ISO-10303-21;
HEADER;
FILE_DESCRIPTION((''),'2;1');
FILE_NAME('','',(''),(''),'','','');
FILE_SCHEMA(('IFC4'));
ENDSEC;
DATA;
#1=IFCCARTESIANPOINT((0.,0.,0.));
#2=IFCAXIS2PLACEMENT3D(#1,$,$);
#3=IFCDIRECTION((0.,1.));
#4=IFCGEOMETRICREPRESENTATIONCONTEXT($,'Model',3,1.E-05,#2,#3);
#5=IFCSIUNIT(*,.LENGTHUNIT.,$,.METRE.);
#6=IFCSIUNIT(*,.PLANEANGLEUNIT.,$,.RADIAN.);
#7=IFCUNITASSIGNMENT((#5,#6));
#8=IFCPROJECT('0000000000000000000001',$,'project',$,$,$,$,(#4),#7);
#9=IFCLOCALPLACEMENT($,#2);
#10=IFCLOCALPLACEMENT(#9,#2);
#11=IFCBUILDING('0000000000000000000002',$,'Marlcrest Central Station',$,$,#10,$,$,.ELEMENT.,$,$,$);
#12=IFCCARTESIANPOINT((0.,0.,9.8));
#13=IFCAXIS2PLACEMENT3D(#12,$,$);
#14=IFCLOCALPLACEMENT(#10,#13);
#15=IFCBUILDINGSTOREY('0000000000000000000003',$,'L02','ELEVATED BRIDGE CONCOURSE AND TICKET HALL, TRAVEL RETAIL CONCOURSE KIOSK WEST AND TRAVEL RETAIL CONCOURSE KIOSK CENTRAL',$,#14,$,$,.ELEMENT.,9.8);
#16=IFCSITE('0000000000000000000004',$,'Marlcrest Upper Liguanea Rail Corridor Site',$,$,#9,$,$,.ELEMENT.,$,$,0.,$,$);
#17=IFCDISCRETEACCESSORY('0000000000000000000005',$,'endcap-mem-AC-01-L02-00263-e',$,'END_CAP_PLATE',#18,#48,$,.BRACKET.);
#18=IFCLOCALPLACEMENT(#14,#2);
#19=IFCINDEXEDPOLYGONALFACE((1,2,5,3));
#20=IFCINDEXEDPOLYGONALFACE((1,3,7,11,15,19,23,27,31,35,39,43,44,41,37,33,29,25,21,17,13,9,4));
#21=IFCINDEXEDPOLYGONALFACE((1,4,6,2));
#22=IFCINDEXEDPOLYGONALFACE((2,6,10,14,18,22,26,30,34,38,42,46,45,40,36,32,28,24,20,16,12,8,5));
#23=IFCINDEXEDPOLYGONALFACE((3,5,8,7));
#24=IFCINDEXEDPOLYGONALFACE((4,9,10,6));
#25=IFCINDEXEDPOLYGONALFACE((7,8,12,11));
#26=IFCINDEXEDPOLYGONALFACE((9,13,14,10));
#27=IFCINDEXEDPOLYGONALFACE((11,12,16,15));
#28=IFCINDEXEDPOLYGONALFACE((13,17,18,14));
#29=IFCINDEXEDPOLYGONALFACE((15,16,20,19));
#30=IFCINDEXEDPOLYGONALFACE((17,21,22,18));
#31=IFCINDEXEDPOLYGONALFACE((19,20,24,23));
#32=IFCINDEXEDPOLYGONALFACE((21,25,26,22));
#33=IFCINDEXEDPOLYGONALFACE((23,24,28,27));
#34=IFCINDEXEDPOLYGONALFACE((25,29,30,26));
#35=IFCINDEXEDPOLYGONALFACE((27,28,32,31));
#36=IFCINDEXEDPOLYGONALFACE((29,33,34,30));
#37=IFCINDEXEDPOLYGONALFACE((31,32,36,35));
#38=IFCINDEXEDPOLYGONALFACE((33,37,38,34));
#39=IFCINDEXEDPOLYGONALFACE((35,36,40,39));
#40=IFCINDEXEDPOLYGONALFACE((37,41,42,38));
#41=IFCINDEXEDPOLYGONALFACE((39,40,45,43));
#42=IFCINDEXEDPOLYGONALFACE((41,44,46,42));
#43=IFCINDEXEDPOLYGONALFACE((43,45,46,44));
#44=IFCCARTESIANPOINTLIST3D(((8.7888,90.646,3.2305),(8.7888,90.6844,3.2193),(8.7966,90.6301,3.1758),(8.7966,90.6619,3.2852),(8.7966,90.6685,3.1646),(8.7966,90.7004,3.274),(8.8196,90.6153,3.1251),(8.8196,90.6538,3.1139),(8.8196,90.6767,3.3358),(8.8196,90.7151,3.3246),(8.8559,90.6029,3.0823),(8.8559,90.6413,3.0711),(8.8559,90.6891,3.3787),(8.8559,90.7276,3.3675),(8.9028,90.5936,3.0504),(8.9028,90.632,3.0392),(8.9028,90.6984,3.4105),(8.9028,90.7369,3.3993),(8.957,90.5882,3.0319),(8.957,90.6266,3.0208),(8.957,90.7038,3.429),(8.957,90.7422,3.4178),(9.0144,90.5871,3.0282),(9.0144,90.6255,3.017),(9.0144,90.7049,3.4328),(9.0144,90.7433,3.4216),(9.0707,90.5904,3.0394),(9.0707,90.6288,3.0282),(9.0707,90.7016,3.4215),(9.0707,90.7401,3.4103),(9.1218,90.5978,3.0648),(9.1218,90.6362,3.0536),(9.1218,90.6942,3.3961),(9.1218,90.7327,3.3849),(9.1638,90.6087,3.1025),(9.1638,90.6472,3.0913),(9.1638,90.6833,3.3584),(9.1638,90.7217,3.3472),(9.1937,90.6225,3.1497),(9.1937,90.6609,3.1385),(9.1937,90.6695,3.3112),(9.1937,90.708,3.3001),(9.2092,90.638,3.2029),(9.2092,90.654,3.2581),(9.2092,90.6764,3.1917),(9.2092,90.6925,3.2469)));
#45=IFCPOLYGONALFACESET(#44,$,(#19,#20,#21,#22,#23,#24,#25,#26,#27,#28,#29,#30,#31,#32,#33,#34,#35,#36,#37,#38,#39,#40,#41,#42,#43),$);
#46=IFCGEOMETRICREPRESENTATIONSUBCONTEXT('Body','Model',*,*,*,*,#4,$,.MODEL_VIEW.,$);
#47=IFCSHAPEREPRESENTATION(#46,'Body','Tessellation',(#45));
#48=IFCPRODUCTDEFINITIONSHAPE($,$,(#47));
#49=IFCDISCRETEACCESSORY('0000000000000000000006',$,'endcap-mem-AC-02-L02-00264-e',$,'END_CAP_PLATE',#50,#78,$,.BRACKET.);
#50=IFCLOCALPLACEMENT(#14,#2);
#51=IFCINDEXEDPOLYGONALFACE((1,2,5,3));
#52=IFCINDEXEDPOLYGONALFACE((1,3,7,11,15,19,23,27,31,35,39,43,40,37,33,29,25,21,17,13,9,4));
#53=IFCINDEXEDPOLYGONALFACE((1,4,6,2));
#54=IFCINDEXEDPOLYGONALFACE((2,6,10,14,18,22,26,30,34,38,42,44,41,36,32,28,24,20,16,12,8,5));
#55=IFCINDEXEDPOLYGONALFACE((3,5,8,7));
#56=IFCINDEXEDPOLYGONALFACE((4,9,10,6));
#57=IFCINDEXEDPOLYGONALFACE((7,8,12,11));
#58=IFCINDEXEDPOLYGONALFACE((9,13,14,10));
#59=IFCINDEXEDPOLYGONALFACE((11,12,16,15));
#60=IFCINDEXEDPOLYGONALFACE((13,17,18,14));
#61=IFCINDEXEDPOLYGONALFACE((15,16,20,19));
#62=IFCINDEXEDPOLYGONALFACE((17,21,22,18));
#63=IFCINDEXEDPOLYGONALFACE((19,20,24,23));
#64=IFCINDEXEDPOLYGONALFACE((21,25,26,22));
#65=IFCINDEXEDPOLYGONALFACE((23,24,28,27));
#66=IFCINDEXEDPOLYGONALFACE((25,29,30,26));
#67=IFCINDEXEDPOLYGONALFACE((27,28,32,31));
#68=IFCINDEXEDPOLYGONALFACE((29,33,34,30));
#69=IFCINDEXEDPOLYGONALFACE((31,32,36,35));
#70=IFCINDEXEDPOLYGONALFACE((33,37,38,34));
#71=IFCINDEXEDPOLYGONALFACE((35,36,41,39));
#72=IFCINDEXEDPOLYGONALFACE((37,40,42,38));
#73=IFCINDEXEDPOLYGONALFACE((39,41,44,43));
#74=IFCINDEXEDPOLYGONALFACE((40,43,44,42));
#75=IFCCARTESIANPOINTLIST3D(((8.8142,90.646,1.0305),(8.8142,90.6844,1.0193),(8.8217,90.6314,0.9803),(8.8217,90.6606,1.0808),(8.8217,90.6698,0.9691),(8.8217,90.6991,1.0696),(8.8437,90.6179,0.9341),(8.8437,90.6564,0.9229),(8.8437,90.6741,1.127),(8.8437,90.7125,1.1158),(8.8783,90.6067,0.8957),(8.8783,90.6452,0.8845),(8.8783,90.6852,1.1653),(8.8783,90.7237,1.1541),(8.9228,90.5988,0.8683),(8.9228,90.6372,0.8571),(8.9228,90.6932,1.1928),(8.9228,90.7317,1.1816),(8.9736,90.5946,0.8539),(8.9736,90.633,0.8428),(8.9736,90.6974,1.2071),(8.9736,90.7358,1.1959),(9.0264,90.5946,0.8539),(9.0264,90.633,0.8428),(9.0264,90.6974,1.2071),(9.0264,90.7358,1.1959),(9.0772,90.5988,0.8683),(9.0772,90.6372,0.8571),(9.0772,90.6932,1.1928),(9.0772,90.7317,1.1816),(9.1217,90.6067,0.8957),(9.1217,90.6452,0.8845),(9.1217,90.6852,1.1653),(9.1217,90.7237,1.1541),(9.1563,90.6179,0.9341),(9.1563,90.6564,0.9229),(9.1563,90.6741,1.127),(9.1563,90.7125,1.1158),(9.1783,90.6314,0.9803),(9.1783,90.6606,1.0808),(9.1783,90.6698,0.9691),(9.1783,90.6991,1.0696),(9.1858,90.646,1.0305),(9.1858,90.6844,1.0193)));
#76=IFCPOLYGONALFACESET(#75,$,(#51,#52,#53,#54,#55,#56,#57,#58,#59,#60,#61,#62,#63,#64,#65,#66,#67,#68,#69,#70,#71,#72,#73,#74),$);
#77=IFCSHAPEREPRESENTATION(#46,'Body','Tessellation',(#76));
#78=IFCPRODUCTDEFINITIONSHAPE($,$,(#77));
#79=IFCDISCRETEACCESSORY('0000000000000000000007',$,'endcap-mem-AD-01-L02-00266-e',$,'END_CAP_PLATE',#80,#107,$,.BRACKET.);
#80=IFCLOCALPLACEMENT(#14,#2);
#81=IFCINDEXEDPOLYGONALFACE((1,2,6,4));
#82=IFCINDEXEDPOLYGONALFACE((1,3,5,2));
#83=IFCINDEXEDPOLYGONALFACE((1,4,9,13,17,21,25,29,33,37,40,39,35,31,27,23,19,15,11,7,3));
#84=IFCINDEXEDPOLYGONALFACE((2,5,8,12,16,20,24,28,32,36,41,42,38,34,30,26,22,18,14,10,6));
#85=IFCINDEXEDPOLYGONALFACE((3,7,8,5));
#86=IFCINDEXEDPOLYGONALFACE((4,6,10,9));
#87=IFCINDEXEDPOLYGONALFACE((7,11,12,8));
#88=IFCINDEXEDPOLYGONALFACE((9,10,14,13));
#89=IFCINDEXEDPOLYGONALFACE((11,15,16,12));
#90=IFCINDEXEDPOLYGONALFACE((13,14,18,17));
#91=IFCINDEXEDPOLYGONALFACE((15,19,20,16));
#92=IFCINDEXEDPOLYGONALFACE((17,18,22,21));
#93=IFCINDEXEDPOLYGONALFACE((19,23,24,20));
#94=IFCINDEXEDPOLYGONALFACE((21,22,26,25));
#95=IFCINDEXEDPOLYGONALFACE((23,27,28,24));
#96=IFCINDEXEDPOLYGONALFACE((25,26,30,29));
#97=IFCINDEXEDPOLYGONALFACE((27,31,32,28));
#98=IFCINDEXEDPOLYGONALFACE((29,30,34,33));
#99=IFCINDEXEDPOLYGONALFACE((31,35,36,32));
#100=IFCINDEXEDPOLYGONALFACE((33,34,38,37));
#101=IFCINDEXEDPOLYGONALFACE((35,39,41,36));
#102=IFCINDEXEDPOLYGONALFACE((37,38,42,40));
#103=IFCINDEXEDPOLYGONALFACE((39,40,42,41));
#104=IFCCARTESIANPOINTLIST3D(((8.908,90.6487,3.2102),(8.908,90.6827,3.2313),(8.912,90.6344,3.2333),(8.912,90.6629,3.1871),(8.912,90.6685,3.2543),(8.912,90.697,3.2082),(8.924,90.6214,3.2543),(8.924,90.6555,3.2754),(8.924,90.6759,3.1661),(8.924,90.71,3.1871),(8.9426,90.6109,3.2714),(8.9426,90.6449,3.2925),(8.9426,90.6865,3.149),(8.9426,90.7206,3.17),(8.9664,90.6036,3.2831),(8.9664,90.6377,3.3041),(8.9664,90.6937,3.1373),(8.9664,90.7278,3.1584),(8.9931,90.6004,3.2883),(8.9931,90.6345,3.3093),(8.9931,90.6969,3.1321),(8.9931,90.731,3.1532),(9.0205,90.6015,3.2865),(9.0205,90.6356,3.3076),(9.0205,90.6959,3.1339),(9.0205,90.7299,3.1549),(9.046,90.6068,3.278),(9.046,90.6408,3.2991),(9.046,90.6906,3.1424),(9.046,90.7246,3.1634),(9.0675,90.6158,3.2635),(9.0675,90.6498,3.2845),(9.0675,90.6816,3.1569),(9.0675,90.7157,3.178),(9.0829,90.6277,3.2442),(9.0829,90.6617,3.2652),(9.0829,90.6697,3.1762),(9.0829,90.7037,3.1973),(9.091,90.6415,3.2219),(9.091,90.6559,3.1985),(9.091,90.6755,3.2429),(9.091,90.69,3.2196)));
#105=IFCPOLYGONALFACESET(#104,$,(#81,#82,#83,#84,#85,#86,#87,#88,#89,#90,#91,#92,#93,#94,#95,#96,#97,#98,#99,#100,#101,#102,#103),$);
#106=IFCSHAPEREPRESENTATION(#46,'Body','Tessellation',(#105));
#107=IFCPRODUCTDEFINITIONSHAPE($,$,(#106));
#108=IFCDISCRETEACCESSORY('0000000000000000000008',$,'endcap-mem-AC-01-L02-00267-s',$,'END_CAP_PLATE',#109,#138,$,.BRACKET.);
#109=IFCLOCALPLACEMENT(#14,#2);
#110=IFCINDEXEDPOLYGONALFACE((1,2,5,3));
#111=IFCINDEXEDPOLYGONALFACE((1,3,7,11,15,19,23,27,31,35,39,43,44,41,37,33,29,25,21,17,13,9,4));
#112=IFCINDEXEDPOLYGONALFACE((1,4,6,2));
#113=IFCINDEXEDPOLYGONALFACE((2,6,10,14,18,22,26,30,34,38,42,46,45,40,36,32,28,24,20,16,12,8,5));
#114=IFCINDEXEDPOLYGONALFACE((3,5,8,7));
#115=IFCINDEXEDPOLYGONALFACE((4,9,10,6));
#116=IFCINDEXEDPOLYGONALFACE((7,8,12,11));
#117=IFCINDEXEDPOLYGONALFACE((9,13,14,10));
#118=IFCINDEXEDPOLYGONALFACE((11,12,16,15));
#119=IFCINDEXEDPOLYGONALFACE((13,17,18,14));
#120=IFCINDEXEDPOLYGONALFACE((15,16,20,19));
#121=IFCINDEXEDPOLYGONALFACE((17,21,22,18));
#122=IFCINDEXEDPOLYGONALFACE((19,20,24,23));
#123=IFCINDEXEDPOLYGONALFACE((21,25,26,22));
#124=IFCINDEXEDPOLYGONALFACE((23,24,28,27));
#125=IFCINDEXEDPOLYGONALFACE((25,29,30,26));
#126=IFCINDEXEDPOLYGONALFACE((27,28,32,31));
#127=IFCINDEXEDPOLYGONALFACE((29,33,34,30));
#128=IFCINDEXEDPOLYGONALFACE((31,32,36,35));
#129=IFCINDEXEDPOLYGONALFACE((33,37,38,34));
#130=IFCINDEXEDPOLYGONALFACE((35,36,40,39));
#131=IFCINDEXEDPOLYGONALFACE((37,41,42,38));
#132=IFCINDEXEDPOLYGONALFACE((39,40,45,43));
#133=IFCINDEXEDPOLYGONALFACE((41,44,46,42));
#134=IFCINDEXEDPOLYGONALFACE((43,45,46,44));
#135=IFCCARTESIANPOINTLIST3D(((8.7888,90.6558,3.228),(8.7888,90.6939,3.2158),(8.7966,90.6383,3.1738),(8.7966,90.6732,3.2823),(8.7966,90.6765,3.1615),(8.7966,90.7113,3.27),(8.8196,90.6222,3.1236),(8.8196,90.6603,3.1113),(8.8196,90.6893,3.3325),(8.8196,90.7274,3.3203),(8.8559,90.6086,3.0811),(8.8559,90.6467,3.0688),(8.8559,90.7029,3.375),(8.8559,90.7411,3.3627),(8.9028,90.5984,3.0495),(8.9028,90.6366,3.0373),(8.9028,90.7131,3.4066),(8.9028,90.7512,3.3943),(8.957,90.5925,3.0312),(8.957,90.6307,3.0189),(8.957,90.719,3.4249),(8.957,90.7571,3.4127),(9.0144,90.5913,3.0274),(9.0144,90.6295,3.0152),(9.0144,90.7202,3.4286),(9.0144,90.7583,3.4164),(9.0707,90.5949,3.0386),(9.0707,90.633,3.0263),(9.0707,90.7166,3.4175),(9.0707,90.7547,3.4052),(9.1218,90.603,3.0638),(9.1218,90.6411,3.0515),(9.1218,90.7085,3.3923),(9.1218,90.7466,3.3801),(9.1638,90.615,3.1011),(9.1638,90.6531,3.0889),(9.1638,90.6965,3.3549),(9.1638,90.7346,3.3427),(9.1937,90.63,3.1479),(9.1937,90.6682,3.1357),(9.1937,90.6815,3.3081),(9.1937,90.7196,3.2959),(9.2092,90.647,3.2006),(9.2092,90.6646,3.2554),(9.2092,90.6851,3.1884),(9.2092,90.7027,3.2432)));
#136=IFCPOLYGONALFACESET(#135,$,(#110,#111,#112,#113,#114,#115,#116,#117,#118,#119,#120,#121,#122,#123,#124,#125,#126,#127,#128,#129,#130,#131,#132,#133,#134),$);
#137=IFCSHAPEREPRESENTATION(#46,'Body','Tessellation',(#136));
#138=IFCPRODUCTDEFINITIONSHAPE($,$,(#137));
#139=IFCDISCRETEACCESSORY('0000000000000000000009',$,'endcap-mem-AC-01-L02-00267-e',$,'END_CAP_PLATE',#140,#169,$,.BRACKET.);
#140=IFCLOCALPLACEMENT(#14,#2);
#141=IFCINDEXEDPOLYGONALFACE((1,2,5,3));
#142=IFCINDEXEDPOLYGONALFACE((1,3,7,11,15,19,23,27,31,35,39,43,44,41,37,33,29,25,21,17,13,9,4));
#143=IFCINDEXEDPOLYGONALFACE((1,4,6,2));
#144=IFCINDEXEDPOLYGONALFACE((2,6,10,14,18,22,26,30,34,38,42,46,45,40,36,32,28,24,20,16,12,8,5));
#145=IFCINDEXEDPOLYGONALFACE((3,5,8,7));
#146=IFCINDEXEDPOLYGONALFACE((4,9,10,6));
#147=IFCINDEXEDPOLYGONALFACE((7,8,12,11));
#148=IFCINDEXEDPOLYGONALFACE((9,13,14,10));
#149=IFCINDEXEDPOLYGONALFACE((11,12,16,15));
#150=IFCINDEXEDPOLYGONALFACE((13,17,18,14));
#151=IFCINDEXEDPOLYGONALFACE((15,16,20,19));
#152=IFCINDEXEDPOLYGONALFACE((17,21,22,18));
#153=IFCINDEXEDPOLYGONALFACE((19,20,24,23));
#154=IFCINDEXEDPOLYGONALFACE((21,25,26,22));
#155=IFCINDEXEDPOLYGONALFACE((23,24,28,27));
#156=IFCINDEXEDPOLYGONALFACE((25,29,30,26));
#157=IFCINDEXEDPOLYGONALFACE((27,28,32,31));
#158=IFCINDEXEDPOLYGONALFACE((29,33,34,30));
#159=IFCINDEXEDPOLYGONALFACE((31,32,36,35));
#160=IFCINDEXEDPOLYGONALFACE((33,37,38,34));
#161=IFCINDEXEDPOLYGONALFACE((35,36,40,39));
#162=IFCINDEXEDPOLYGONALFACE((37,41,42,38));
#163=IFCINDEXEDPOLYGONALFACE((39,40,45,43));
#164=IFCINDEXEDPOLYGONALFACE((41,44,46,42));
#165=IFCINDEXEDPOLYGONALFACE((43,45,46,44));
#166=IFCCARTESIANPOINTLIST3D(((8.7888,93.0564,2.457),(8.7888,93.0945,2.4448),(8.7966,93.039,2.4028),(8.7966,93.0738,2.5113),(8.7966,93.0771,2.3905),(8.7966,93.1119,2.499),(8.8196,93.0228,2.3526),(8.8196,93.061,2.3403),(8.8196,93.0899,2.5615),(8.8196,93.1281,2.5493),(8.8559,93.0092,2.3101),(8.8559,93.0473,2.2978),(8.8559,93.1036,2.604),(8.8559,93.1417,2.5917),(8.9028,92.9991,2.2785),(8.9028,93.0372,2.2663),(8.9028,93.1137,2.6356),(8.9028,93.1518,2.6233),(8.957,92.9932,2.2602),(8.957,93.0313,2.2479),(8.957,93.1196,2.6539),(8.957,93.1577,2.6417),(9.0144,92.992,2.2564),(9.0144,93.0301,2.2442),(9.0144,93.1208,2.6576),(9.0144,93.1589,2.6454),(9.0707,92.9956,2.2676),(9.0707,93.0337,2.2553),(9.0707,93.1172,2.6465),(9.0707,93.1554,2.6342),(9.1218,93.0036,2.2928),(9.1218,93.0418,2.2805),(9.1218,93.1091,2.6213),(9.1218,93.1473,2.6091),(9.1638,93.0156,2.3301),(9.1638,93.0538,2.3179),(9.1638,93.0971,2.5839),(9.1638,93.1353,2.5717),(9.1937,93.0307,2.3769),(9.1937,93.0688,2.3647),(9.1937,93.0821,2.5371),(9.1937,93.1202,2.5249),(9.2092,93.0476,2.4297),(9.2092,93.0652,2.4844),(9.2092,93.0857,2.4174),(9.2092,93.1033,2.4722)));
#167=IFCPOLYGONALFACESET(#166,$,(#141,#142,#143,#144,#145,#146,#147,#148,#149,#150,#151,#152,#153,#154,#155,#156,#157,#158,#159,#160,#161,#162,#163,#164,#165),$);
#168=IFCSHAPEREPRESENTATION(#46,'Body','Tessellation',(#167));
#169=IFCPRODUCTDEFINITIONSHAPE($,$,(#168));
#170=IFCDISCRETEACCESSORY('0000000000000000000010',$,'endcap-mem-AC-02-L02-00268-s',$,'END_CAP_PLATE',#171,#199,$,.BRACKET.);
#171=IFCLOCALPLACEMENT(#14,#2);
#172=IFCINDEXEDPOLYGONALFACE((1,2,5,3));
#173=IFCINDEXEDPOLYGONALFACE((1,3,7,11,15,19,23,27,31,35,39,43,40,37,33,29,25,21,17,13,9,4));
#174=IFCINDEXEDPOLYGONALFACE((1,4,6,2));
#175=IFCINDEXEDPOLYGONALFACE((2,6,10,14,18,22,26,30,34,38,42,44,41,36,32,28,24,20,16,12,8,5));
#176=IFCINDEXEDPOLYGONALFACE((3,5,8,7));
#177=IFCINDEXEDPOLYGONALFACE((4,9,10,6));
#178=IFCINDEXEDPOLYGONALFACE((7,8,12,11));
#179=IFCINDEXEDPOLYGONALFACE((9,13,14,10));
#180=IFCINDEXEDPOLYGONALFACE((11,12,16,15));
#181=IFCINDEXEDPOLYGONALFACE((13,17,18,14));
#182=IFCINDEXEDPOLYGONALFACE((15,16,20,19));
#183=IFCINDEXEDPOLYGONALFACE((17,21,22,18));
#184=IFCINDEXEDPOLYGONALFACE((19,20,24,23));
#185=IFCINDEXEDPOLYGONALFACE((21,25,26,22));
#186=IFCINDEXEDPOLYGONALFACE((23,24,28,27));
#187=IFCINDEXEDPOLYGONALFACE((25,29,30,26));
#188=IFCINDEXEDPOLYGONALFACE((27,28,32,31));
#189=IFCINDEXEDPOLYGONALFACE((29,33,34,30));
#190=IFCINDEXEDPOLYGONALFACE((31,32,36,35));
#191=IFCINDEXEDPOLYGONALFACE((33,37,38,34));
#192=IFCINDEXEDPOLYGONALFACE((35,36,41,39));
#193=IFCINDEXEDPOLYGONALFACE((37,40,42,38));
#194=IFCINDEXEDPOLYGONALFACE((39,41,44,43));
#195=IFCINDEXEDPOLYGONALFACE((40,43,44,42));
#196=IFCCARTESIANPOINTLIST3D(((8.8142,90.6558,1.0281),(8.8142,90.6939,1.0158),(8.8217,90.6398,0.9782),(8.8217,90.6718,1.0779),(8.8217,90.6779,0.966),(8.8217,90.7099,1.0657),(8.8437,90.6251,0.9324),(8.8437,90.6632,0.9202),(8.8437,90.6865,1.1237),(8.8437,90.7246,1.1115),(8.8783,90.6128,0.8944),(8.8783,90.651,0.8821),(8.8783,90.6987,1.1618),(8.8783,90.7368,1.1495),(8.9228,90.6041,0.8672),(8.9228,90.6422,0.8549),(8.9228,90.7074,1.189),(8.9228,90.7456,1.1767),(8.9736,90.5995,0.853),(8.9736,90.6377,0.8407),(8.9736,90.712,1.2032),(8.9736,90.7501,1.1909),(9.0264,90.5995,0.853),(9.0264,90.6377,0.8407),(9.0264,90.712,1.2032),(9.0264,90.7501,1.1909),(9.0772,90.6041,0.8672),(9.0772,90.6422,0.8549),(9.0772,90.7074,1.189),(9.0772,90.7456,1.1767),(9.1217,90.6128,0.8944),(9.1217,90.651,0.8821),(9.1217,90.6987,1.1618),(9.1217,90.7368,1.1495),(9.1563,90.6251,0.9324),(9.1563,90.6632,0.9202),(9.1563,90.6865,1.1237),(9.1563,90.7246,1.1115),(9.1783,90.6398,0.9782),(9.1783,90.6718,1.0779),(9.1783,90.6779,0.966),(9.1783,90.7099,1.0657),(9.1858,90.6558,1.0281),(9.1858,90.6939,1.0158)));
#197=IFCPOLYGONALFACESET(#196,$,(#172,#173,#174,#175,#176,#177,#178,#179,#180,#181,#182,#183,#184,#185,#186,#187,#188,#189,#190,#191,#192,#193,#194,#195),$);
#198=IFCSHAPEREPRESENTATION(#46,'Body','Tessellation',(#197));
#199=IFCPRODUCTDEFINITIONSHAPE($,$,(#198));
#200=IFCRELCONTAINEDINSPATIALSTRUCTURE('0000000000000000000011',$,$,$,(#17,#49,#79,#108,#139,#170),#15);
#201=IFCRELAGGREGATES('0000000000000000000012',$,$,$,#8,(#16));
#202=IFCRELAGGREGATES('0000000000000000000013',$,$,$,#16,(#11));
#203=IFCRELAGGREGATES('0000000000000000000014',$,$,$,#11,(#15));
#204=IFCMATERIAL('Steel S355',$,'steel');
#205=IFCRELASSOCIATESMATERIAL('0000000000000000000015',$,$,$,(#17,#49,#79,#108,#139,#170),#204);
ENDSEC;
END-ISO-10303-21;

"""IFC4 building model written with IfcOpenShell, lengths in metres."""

from ifc_helpers import new_model, si_unit, direction, frame, origin, origin_2d, place, context, subcontext, project, spatial, circle, extrude, material, element, save


model = new_model("IFC4")

# Units and contexts
model_context = context("Model", 3, precision=1e-05, world=origin(), true_north=direction((0.0, 1.0)))
body_context = subcontext(model_context, "Body", "Model", "MODEL_VIEW")
ifc_project = project(units=[si_unit("LENGTHUNIT", "METRE"), si_unit("PLANEANGLEUNIT", "RADIAN")], contexts=[model_context])

# Site, building, storey
site_placement = place(None, origin())
site = spatial("IfcSite", under=ifc_project, at=site_placement, Name="Marlcrest Upper Liguanea Rail Corridor Site", CompositionType="ELEMENT", RefElevation=0.0)
building_placement = place(site_placement, origin())
building = spatial("IfcBuilding", under=site, at=building_placement, Name="Marlcrest Central Station", CompositionType="ELEMENT")
storey_placement = place(building_placement, frame((0.0, 0.0, 9.8)))
storey = spatial("IfcBuildingStorey", under=building, at=storey_placement, Name="L02", Description="ELEVATED BRIDGE CONCOURSE AND TICKET HALL, TRAVEL RETAIL CONCOURSE KIOSK WEST AND TRAVEL RETAIL CONCOURSE KIOSK CENTRAL", CompositionType="ELEMENT", Elevation=9.8)

# Shared definitions
ifc_material_1 = material(Name="Steel S355", Category="steel")

# Discrete accessories
discrete_accessory_1_placement = place(storey_placement, frame((9.0, 90.646, 3.2305), z_axis=(0.0, 0.96013, -0.279554), x_axis=(-1.0, 0.0, 0.0)))
element("IfcDiscreteAccessory", 1, at=discrete_accessory_1_placement, inside=storey, material=ifc_material_1, Name="endcap-mem-AC-01-L02-00263-e", ObjectType="END_CAP_PLATE", PredefinedType="BRACKET", context=body_context, shape_type="SweptSolid", body=[
    extrude(circle(Radius=0.2112, at=origin_2d()), origin(), (0.0, 0.0, 1.0), 0.04),
])
discrete_accessory_2_placement = place(storey_placement, frame((9.0, 90.646, 1.0305), z_axis=(0.0, 0.96013, -0.279554), x_axis=(-1.0, 0.0, 0.0)))
element("IfcDiscreteAccessory", 2, at=discrete_accessory_2_placement, inside=storey, material=ifc_material_1, Name="endcap-mem-AC-02-L02-00264-e", ObjectType="END_CAP_PLATE", PredefinedType="BRACKET", context=body_context, shape_type="SweptSolid", body=[
    extrude(circle(Radius=0.1858, at=origin_2d()), origin(), (0.0, 0.0, 1.0), 0.04),
])
discrete_accessory_3_placement = place(storey_placement, frame((9.0, 90.6487, 3.2102), z_axis=(0.0, 0.850687, 0.525672), x_axis=(-1.0, 0.0, 0.0)))
element("IfcDiscreteAccessory", 3, at=discrete_accessory_3_placement, inside=storey, material=ifc_material_1, Name="endcap-mem-AD-01-L02-00266-e", ObjectType="END_CAP_PLATE", PredefinedType="BRACKET", context=body_context, shape_type="SweptSolid", body=[
    extrude(circle(Radius=0.092, at=origin_2d()), origin(), (0.0, 0.0, 1.0), 0.04),
])
for number, where, z_axis, x_axis, name in (
    (4, (9.0, 90.6558, 3.228), (0.0, 0.952117, -0.305734), (-1.0, 0.0, 0.0), "endcap-mem-AC-01-L02-00267-s"),
    (5, (9.0, 93.0564, 2.457), (0.0, 0.952117, -0.305734), (-1.0, 0.0, 0.0), "endcap-mem-AC-01-L02-00267-e"),
):
    element("IfcDiscreteAccessory", number, at=place(storey_placement, frame(where, z_axis=z_axis, x_axis=x_axis)), inside=storey, material=ifc_material_1, Name=name, ObjectType="END_CAP_PLATE", PredefinedType="BRACKET", context=body_context, shape_type="SweptSolid", body=[
        extrude(circle(Radius=0.2112, at=origin_2d()), origin(), (0.0, 0.0, 1.0), 0.04),
    ])
for number, where, z_axis, x_axis, name in (
    (6, (9.0, 90.6558, 1.0281), (0.0, 0.952117, -0.305734), (-1.0, 0.0, 0.0), "endcap-mem-AC-02-L02-00268-s"),
):
    element("IfcDiscreteAccessory", number, at=place(storey_placement, frame(where, z_axis=z_axis, x_axis=x_axis)), inside=storey, material=ifc_material_1, Name=name, ObjectType="END_CAP_PLATE", PredefinedType="BRACKET", context=body_context, shape_type="SweptSolid", body=[
        extrude(circle(Radius=0.1858, at=origin_2d()), origin(), (0.0, 0.0, 1.0), 0.04),
    ])

save(model, "model.ifc")
